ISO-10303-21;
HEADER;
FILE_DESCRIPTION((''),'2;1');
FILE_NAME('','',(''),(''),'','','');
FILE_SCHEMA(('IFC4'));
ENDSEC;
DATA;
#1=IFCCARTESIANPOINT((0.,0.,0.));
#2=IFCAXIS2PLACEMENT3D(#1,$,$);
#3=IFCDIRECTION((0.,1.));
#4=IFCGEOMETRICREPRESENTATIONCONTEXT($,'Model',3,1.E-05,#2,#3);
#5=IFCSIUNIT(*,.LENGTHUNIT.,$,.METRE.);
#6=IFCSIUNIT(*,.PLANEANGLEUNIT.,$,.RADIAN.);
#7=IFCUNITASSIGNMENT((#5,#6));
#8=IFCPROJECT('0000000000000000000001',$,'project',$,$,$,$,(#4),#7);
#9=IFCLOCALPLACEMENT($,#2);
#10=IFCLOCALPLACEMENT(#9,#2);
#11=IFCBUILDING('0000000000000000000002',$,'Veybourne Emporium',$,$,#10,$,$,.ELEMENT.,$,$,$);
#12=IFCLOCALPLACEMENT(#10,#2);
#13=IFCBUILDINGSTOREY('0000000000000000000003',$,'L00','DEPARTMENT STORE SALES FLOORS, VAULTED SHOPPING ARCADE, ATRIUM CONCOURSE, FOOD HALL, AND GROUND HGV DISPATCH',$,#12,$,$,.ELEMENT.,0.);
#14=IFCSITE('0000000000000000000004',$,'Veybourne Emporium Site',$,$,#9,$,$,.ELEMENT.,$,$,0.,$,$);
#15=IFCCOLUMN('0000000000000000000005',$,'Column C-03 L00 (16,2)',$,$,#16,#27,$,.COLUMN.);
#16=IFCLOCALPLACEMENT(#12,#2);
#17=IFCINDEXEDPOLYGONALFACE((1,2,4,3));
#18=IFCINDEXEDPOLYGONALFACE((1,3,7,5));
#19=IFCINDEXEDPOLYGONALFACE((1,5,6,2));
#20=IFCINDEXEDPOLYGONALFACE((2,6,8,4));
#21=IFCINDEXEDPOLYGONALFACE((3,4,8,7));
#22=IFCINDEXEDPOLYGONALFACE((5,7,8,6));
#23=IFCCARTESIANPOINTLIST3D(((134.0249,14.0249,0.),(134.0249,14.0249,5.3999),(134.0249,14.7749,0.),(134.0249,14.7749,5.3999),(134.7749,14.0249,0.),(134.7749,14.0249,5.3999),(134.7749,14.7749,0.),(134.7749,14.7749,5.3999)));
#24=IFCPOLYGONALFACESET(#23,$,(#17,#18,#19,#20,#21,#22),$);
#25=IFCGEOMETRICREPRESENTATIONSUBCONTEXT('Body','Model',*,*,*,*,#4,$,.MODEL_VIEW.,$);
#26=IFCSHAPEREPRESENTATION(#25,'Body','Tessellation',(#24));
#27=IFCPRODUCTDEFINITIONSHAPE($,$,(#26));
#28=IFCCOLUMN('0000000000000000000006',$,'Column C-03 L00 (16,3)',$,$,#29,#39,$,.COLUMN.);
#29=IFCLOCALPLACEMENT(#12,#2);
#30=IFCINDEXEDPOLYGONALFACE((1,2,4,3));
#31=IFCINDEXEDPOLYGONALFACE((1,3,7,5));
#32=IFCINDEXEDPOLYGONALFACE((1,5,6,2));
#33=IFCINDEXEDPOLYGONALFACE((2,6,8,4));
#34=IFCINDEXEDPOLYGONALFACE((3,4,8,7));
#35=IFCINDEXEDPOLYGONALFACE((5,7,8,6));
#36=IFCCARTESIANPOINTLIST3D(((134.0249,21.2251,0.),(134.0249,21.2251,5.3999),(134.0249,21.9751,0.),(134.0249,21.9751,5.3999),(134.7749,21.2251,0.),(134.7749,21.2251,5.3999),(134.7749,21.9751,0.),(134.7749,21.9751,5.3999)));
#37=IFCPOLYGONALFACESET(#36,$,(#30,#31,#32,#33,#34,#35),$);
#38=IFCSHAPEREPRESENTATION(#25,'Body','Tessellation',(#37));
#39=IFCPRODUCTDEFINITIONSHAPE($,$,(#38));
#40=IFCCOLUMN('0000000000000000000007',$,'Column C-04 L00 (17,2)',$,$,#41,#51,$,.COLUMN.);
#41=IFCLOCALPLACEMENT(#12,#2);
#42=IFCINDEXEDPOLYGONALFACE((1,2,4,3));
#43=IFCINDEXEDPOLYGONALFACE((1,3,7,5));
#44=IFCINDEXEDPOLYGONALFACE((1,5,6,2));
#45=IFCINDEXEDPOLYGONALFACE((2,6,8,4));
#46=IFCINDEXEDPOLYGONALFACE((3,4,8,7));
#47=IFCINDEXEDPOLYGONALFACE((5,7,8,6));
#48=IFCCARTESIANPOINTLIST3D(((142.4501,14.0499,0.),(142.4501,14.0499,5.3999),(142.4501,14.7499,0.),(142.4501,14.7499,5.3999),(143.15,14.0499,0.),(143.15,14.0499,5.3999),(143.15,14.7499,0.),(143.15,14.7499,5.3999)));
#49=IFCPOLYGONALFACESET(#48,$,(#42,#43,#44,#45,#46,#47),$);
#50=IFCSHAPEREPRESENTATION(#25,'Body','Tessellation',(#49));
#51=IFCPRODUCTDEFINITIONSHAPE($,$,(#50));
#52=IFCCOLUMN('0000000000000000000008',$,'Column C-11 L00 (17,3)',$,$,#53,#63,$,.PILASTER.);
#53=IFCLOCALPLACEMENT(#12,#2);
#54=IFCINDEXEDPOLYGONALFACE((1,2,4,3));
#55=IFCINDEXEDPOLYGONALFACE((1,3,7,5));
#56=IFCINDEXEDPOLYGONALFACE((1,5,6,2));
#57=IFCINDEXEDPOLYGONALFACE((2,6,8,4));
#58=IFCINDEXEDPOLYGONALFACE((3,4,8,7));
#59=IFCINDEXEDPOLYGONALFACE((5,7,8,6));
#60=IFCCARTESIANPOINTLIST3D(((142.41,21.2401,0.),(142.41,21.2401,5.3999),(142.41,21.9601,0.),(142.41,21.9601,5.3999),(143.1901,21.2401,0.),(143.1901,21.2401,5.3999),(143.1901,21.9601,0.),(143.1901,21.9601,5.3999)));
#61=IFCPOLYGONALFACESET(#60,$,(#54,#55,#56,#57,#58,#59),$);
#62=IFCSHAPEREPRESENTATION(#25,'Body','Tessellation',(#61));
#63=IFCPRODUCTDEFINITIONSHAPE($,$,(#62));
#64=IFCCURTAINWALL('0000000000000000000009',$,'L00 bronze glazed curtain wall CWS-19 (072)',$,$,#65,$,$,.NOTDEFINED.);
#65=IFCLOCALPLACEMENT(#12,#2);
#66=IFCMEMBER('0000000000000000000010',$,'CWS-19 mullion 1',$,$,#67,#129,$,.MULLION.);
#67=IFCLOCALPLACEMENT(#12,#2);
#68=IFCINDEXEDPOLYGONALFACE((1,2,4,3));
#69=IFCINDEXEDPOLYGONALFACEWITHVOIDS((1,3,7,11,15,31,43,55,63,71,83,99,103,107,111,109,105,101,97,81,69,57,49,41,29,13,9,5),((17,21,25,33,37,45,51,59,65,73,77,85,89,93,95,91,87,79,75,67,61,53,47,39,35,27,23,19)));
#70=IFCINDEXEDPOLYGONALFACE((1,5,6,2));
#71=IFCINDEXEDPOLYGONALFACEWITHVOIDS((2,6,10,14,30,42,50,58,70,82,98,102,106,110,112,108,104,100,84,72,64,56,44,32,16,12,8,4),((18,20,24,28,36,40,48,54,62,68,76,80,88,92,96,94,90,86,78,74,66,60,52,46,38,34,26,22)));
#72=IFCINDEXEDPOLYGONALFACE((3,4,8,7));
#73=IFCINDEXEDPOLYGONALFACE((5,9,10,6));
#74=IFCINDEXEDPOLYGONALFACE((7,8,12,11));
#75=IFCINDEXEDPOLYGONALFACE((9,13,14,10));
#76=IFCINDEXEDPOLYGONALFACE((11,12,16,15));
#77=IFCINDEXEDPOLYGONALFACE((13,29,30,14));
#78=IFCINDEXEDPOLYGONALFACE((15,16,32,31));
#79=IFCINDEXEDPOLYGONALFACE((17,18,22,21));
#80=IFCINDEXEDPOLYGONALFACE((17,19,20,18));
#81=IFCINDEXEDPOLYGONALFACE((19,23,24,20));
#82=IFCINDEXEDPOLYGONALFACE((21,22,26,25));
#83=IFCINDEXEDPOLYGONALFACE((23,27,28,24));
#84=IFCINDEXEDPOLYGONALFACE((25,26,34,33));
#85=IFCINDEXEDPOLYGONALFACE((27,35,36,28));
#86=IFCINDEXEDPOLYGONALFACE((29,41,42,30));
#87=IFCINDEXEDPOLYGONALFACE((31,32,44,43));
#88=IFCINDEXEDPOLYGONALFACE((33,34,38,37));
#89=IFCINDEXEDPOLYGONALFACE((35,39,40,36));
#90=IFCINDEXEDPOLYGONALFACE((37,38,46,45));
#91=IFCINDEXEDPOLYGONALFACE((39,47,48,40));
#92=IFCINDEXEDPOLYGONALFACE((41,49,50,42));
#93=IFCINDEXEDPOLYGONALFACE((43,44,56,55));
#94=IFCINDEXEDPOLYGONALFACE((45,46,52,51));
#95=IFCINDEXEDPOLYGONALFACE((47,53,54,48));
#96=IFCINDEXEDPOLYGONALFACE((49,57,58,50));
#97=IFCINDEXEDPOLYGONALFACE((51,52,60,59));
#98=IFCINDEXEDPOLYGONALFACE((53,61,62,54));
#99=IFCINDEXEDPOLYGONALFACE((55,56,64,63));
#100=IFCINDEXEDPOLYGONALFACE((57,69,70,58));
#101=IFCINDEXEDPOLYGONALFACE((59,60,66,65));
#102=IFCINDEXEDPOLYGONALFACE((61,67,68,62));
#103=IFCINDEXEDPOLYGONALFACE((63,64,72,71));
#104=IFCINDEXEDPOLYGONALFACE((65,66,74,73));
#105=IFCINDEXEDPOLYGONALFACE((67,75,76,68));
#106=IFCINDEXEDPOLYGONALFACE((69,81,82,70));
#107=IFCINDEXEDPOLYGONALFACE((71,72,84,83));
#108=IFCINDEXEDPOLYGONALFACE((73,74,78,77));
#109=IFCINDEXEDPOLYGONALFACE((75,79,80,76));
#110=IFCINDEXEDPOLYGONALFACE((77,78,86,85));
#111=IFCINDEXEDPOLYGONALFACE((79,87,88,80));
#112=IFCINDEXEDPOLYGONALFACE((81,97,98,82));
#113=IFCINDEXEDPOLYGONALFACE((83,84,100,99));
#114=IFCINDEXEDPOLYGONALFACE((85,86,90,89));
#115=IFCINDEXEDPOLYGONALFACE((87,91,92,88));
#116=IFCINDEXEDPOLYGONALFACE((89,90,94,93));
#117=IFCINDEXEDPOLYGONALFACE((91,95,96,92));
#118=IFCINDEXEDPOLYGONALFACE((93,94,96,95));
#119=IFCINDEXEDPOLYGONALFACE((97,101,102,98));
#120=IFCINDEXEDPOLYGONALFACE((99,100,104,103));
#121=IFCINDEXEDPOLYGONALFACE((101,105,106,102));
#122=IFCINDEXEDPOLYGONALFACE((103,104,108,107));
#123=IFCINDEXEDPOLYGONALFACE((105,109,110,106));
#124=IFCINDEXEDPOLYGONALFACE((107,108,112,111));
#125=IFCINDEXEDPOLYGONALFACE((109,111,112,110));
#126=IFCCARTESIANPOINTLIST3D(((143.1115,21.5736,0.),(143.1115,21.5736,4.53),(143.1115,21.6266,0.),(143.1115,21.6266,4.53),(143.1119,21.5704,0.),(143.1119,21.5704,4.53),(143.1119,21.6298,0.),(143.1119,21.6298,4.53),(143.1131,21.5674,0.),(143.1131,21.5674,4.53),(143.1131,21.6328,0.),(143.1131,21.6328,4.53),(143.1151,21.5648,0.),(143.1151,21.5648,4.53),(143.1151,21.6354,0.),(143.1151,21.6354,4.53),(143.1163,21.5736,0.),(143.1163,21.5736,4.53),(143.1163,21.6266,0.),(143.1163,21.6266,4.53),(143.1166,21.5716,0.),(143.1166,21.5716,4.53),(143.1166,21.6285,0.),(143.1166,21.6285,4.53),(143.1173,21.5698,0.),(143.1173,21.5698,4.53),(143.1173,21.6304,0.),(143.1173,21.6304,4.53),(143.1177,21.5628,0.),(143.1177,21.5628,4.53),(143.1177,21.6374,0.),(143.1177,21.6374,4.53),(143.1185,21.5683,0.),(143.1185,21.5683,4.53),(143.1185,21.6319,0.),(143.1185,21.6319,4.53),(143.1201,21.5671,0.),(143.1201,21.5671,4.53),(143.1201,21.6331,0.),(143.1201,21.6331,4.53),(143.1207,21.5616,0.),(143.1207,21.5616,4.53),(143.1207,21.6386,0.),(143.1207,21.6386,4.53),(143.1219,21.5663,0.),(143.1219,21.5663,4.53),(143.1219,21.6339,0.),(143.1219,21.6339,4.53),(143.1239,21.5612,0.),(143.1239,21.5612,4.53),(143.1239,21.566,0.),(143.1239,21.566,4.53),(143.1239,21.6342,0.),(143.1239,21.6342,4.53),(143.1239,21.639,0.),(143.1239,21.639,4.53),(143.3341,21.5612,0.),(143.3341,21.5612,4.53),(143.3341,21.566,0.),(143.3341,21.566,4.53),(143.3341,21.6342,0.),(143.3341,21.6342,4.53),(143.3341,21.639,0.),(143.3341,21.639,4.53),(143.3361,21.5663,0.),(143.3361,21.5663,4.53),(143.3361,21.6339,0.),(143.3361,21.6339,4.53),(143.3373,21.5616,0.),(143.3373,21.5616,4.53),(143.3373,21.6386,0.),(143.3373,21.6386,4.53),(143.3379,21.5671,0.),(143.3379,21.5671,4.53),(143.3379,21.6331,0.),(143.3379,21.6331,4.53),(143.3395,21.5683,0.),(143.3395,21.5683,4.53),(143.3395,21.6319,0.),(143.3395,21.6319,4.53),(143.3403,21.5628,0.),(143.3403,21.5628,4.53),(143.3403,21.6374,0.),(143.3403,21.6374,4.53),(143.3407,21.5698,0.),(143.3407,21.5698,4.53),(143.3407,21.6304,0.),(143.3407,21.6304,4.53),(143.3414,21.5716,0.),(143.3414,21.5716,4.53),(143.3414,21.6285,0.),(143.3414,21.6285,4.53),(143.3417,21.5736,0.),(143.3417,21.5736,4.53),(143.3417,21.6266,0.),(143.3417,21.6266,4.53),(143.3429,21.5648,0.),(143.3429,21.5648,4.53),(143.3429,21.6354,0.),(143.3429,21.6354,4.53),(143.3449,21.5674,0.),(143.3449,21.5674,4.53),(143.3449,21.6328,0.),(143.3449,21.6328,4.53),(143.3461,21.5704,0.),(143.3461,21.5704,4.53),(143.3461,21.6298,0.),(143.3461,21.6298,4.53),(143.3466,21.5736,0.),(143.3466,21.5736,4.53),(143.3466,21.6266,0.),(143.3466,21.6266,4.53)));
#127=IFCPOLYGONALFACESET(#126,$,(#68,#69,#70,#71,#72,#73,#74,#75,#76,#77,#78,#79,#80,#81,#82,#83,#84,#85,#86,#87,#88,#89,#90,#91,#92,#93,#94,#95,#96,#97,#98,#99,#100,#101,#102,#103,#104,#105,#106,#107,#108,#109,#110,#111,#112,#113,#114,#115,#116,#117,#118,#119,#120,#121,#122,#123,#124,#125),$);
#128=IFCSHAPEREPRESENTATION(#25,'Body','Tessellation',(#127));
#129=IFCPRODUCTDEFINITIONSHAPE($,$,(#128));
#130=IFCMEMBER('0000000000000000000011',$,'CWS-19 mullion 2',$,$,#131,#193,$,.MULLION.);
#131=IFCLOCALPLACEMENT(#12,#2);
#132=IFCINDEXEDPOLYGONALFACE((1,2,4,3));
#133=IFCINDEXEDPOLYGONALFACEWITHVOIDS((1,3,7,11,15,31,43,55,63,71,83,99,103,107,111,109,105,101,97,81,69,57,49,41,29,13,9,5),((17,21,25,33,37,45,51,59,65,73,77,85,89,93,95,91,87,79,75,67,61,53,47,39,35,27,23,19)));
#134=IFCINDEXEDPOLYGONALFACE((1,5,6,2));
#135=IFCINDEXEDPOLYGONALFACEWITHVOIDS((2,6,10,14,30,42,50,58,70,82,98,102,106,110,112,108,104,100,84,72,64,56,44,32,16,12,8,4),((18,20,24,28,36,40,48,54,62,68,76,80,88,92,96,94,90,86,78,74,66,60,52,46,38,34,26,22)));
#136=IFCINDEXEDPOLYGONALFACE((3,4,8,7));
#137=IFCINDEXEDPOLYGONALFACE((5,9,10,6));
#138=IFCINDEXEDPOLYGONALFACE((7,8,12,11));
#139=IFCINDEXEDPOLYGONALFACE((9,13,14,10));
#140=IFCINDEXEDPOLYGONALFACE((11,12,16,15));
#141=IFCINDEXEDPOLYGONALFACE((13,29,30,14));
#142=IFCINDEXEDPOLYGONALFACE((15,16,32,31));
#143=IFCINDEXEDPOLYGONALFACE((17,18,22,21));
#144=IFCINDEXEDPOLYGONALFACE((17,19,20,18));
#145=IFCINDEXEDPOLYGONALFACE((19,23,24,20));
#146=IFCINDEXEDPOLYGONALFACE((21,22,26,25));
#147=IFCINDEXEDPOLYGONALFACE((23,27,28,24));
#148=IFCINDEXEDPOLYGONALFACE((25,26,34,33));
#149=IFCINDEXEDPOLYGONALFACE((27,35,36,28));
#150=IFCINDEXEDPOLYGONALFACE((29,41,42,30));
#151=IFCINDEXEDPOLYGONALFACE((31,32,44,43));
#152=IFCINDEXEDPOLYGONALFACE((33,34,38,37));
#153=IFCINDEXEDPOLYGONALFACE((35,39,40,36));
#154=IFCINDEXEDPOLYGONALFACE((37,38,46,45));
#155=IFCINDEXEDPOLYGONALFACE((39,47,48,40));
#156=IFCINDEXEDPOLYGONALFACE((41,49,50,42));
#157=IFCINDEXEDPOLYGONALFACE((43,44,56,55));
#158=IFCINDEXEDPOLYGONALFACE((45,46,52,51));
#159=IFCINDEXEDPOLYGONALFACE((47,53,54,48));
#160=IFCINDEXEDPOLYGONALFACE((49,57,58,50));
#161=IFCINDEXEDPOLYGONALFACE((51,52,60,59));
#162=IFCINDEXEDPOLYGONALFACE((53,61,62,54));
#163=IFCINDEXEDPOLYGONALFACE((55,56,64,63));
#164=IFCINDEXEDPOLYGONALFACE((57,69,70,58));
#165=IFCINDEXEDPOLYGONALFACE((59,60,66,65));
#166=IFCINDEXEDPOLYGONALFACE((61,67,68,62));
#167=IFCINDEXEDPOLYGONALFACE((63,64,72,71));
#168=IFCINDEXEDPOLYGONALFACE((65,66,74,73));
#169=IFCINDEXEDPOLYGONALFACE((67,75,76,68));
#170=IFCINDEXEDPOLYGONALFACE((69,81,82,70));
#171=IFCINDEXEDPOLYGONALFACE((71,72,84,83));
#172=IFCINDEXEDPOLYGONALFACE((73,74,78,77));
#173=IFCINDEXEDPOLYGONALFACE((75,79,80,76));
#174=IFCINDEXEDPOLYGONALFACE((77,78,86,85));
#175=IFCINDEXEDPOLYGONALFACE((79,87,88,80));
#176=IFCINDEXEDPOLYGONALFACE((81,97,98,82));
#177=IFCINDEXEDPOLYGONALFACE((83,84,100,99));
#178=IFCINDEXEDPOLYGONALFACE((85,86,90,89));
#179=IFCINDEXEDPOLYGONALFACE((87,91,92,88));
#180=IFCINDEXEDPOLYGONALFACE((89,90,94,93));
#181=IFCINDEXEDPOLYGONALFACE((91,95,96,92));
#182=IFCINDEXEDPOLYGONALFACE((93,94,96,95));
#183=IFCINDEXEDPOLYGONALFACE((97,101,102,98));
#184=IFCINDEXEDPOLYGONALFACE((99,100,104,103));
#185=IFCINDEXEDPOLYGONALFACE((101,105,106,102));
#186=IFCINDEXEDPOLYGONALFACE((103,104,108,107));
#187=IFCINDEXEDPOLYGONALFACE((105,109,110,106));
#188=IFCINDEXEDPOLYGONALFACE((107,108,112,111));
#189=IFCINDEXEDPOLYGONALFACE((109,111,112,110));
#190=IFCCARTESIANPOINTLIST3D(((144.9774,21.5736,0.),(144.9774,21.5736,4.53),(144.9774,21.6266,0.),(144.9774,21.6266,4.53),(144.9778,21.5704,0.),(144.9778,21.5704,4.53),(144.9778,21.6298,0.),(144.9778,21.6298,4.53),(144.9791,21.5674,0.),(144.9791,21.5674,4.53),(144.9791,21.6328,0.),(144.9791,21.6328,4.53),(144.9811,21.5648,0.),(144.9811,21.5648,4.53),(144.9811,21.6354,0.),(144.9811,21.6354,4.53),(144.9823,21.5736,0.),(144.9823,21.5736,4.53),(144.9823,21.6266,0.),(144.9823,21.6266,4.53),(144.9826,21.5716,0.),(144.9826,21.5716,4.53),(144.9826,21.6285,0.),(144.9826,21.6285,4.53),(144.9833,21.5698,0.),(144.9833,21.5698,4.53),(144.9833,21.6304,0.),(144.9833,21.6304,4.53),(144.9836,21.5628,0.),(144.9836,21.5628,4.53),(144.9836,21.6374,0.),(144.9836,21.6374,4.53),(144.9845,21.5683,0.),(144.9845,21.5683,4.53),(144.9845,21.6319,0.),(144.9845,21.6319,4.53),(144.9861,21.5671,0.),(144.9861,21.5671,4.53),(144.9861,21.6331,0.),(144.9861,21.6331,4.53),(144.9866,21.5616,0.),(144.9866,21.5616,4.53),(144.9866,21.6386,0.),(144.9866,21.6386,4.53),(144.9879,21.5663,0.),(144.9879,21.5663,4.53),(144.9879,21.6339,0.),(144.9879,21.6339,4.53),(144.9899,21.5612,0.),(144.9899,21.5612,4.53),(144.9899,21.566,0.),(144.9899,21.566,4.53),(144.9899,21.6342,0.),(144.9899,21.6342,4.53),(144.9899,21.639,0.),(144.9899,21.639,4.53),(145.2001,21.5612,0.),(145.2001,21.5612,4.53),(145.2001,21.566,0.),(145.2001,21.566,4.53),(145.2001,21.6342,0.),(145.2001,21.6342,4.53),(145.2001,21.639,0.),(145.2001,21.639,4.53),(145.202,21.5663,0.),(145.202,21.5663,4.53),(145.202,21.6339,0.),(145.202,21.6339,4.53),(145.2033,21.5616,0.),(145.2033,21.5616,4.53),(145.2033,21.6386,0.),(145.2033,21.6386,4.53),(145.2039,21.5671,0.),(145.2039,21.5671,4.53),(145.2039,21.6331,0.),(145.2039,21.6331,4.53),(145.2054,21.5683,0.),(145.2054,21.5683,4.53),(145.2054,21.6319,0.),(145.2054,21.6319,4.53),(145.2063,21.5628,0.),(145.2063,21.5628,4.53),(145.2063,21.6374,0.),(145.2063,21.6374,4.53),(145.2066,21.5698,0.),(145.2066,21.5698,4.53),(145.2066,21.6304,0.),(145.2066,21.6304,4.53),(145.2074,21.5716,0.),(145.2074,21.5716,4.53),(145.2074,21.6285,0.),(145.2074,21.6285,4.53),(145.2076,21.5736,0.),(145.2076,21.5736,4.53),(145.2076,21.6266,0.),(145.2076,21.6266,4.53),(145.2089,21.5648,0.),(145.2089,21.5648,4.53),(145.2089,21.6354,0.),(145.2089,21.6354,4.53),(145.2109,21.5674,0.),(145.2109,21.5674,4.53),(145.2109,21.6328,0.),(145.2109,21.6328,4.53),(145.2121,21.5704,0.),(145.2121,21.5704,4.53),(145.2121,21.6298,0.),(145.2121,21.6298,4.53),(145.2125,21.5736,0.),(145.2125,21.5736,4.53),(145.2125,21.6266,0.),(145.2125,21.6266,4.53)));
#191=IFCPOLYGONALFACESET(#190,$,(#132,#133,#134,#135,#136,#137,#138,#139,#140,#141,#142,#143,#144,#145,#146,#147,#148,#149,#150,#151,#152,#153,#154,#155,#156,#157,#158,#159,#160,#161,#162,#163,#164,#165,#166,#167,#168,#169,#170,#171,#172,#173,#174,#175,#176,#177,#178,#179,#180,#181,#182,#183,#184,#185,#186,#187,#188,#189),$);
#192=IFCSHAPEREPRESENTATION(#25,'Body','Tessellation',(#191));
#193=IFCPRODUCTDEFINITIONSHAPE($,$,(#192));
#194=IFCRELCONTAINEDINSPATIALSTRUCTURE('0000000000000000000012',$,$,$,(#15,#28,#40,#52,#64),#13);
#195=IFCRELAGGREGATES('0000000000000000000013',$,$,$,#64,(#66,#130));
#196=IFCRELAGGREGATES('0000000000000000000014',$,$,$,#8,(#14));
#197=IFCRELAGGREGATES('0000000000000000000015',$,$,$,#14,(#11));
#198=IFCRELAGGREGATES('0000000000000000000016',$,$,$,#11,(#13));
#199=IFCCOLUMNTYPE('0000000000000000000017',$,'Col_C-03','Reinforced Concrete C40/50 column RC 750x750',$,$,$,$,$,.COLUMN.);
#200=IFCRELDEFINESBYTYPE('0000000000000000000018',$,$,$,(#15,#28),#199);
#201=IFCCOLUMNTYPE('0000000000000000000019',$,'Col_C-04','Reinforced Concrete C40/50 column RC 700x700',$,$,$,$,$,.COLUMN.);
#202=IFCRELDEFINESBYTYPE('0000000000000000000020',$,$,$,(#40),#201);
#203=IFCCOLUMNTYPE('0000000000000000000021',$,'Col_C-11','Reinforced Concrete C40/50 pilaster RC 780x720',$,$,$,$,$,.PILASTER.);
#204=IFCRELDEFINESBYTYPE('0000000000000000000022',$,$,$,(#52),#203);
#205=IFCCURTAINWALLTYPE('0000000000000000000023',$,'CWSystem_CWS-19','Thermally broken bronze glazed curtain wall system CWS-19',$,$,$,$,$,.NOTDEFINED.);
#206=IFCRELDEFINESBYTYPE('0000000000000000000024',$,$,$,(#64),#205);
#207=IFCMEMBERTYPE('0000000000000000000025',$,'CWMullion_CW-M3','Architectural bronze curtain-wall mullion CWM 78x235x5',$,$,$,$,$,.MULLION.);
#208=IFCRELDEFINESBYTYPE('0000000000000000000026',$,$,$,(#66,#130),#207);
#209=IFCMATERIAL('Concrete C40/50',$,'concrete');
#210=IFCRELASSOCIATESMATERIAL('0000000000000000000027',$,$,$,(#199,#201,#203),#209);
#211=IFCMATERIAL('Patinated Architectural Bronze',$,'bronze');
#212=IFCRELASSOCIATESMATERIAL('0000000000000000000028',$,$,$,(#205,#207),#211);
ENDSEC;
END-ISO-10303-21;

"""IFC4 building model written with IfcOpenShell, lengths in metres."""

from ifc_helpers import new_model, si_unit, direction, frame, origin, origin_2d, place, context, subcontext, project, spatial, rectangle, hollow_rectangle, extrude, material, material_profile, profile_set, type_object, element, aggregate, save


model = new_model("IFC4")

# Units and contexts
model_context = context("Model", 3, precision=1e-05, world=origin(), true_north=direction((0.0, 1.0)))
body_context = subcontext(model_context, "Body", "Model", "MODEL_VIEW")
ifc_project = project(units=[si_unit("LENGTHUNIT", "METRE"), si_unit("PLANEANGLEUNIT", "RADIAN")], contexts=[model_context])

# Site, building, storey
site_placement = place(None, origin())
site = spatial("IfcSite", under=ifc_project, at=site_placement, Name="Veybourne Emporium Site", CompositionType="ELEMENT", RefElevation=0.0)
building_placement = place(site_placement, origin())
building = spatial("IfcBuilding", under=site, at=building_placement, Name="Veybourne Emporium", CompositionType="ELEMENT")
storey_placement = place(building_placement, origin())
storey = spatial("IfcBuildingStorey", under=building, at=storey_placement, Name="L00", Description="DEPARTMENT STORE SALES FLOORS, VAULTED SHOPPING ARCADE, ATRIUM CONCOURSE, FOOD HALL, AND GROUND HGV DISPATCH", CompositionType="ELEMENT", Elevation=0.0)

# Columns
ifc_material_1 = material(Name="Concrete C40/50", Category="concrete")
ifc_material_profile_1 = material_profile(ifc_material_1, rectangle(XDim=0.75, YDim=0.75, at=origin_2d()), Name="RC 750x750")
ifc_profile_set_1 = profile_set([ifc_material_profile_1], Name="Concrete C40/50")
column_type_1 = type_object("IfcColumnType", Name="Col_C-03", Description="Reinforced Concrete C40/50 column RC 750x750", PredefinedType="COLUMN", material=ifc_profile_set_1)
for number, where, z_axis, x_axis, name in (
    (1, (134.3999, 14.3999, 0.0), (0.0, 0.0, 1.0), (1.0, 0.0, 0.0), "Column C-03 L00 (16,2)"),
    (2, (134.3999, 21.6001, 0.0), (0.0, 0.0, 1.0), (1.0, 0.0, 0.0), "Column C-03 L00 (16,3)"),
):
    element("IfcColumn", number, at=place(storey_placement, frame(where, z_axis=z_axis, x_axis=x_axis)), inside=storey, type_object=column_type_1, Name=name, PredefinedType="COLUMN", context=body_context, shape_type="SweptSolid", body=[
        extrude(rectangle(XDim=0.75, YDim=0.75, at=origin_2d()), origin(), (0.0, 0.0, 1.0), 5.3999),
    ])
ifc_material_profile_2 = material_profile(ifc_material_1, rectangle(XDim=0.7, YDim=0.7, at=origin_2d()), Name="RC 700x700")
ifc_profile_set_2 = profile_set([ifc_material_profile_2], Name="Concrete C40/50")
column_type_2 = type_object("IfcColumnType", Name="Col_C-04", Description="Reinforced Concrete C40/50 column RC 700x700", PredefinedType="COLUMN", material=ifc_profile_set_2)
column_1_placement = place(storey_placement, frame((142.8, 14.3999, 0.0), z_axis=(0.0, 0.0, 1.0), x_axis=(1.0, 0.0, 0.0)))
element("IfcColumn", 3, at=column_1_placement, inside=storey, type_object=column_type_2, Name="Column C-04 L00 (17,2)", PredefinedType="COLUMN", context=body_context, shape_type="SweptSolid", body=[
    extrude(rectangle(XDim=0.7, YDim=0.7, at=origin_2d()), origin(), (0.0, 0.0, 1.0), 5.3999),
])
ifc_material_profile_3 = material_profile(ifc_material_1, rectangle(XDim=0.78, YDim=0.72, at=origin_2d()), Name="RC 780x720")
ifc_profile_set_3 = profile_set([ifc_material_profile_3], Name="Concrete C40/50")
column_type_3 = type_object("IfcColumnType", Name="Col_C-11", Description="Reinforced Concrete C40/50 pilaster RC 780x720", PredefinedType="PILASTER", material=ifc_profile_set_3)
column_2_placement = place(storey_placement, frame((142.8, 21.6001, 0.0), z_axis=(0.0, 0.0, 1.0), x_axis=(1.0, 0.0, 0.0)))
element("IfcColumn", 4, at=column_2_placement, inside=storey, type_object=column_type_3, Name="Column C-11 L00 (17,3)", PredefinedType="PILASTER", context=body_context, shape_type="SweptSolid", body=[
    extrude(rectangle(XDim=0.78, YDim=0.72, at=origin_2d()), origin(), (0.0, 0.0, 1.0), 5.3999),
])

# Curtain wall, members
ifc_material_2 = material(Name="Patinated Architectural Bronze", Category="bronze")
curtain_wall_type = type_object("IfcCurtainWallType", Name="CWSystem_CWS-19", Description="Thermally broken bronze glazed curtain wall system CWS-19", PredefinedType="NOTDEFINED", material=ifc_material_2)
curtain_wall_placement = place(storey_placement, origin())
curtain_wall = element("IfcCurtainWall", 5, at=curtain_wall_placement, inside=storey, type_object=curtain_wall_type, Name="L00 bronze glazed curtain wall CWS-19 (072)", PredefinedType="NOTDEFINED")
ifc_material_profile_4 = material_profile(ifc_material_2, hollow_rectangle(XDim=0.0779, YDim=0.2351, WallThickness=0.0049, InnerFilletRadius=0.0076, OuterFilletRadius=0.0125, at=origin_2d()), Name="CWM 78x235x5")
ifc_profile_set_4 = profile_set([ifc_material_profile_4], Name="Patinated Architectural Bronze")
member_type_1 = type_object("IfcMemberType", Name="CWMullion_CW-M3", Description="Architectural bronze curtain-wall mullion CWM 78x235x5", PredefinedType="MULLION", material=ifc_profile_set_4)
member_1_placement = place(storey_placement, frame((143.229, 21.6001, 0.0), z_axis=(0.0, 0.0, 1.0), x_axis=(0.0, 1.0, 0.0)))
member_1 = element("IfcMember", 6, at=member_1_placement, type_object=member_type_1, Name="CWS-19 mullion 1", PredefinedType="MULLION", context=body_context, shape_type="SweptSolid", body=[
    extrude(hollow_rectangle(XDim=0.0779, YDim=0.2351, WallThickness=0.0049, InnerFilletRadius=0.0076, OuterFilletRadius=0.0125, at=origin_2d()), origin(), (0.0, 0.0, 1.0), 4.53),
])
member_2_placement = place(storey_placement, frame((145.095, 21.6001, 0.0), z_axis=(0.0, 0.0, 1.0), x_axis=(0.0, 1.0, 0.0)))
member_2 = element("IfcMember", 7, at=member_2_placement, type_object=member_type_1, Name="CWS-19 mullion 2", PredefinedType="MULLION", context=body_context, shape_type="SweptSolid", body=[
    extrude(hollow_rectangle(XDim=0.0779, YDim=0.2351, WallThickness=0.0049, InnerFilletRadius=0.0076, OuterFilletRadius=0.0125, at=origin_2d()), origin(), (0.0, 0.0, 1.0), 4.53),
])

aggregate(curtain_wall, [member_1, member_2])

save(model, "model.ifc")
